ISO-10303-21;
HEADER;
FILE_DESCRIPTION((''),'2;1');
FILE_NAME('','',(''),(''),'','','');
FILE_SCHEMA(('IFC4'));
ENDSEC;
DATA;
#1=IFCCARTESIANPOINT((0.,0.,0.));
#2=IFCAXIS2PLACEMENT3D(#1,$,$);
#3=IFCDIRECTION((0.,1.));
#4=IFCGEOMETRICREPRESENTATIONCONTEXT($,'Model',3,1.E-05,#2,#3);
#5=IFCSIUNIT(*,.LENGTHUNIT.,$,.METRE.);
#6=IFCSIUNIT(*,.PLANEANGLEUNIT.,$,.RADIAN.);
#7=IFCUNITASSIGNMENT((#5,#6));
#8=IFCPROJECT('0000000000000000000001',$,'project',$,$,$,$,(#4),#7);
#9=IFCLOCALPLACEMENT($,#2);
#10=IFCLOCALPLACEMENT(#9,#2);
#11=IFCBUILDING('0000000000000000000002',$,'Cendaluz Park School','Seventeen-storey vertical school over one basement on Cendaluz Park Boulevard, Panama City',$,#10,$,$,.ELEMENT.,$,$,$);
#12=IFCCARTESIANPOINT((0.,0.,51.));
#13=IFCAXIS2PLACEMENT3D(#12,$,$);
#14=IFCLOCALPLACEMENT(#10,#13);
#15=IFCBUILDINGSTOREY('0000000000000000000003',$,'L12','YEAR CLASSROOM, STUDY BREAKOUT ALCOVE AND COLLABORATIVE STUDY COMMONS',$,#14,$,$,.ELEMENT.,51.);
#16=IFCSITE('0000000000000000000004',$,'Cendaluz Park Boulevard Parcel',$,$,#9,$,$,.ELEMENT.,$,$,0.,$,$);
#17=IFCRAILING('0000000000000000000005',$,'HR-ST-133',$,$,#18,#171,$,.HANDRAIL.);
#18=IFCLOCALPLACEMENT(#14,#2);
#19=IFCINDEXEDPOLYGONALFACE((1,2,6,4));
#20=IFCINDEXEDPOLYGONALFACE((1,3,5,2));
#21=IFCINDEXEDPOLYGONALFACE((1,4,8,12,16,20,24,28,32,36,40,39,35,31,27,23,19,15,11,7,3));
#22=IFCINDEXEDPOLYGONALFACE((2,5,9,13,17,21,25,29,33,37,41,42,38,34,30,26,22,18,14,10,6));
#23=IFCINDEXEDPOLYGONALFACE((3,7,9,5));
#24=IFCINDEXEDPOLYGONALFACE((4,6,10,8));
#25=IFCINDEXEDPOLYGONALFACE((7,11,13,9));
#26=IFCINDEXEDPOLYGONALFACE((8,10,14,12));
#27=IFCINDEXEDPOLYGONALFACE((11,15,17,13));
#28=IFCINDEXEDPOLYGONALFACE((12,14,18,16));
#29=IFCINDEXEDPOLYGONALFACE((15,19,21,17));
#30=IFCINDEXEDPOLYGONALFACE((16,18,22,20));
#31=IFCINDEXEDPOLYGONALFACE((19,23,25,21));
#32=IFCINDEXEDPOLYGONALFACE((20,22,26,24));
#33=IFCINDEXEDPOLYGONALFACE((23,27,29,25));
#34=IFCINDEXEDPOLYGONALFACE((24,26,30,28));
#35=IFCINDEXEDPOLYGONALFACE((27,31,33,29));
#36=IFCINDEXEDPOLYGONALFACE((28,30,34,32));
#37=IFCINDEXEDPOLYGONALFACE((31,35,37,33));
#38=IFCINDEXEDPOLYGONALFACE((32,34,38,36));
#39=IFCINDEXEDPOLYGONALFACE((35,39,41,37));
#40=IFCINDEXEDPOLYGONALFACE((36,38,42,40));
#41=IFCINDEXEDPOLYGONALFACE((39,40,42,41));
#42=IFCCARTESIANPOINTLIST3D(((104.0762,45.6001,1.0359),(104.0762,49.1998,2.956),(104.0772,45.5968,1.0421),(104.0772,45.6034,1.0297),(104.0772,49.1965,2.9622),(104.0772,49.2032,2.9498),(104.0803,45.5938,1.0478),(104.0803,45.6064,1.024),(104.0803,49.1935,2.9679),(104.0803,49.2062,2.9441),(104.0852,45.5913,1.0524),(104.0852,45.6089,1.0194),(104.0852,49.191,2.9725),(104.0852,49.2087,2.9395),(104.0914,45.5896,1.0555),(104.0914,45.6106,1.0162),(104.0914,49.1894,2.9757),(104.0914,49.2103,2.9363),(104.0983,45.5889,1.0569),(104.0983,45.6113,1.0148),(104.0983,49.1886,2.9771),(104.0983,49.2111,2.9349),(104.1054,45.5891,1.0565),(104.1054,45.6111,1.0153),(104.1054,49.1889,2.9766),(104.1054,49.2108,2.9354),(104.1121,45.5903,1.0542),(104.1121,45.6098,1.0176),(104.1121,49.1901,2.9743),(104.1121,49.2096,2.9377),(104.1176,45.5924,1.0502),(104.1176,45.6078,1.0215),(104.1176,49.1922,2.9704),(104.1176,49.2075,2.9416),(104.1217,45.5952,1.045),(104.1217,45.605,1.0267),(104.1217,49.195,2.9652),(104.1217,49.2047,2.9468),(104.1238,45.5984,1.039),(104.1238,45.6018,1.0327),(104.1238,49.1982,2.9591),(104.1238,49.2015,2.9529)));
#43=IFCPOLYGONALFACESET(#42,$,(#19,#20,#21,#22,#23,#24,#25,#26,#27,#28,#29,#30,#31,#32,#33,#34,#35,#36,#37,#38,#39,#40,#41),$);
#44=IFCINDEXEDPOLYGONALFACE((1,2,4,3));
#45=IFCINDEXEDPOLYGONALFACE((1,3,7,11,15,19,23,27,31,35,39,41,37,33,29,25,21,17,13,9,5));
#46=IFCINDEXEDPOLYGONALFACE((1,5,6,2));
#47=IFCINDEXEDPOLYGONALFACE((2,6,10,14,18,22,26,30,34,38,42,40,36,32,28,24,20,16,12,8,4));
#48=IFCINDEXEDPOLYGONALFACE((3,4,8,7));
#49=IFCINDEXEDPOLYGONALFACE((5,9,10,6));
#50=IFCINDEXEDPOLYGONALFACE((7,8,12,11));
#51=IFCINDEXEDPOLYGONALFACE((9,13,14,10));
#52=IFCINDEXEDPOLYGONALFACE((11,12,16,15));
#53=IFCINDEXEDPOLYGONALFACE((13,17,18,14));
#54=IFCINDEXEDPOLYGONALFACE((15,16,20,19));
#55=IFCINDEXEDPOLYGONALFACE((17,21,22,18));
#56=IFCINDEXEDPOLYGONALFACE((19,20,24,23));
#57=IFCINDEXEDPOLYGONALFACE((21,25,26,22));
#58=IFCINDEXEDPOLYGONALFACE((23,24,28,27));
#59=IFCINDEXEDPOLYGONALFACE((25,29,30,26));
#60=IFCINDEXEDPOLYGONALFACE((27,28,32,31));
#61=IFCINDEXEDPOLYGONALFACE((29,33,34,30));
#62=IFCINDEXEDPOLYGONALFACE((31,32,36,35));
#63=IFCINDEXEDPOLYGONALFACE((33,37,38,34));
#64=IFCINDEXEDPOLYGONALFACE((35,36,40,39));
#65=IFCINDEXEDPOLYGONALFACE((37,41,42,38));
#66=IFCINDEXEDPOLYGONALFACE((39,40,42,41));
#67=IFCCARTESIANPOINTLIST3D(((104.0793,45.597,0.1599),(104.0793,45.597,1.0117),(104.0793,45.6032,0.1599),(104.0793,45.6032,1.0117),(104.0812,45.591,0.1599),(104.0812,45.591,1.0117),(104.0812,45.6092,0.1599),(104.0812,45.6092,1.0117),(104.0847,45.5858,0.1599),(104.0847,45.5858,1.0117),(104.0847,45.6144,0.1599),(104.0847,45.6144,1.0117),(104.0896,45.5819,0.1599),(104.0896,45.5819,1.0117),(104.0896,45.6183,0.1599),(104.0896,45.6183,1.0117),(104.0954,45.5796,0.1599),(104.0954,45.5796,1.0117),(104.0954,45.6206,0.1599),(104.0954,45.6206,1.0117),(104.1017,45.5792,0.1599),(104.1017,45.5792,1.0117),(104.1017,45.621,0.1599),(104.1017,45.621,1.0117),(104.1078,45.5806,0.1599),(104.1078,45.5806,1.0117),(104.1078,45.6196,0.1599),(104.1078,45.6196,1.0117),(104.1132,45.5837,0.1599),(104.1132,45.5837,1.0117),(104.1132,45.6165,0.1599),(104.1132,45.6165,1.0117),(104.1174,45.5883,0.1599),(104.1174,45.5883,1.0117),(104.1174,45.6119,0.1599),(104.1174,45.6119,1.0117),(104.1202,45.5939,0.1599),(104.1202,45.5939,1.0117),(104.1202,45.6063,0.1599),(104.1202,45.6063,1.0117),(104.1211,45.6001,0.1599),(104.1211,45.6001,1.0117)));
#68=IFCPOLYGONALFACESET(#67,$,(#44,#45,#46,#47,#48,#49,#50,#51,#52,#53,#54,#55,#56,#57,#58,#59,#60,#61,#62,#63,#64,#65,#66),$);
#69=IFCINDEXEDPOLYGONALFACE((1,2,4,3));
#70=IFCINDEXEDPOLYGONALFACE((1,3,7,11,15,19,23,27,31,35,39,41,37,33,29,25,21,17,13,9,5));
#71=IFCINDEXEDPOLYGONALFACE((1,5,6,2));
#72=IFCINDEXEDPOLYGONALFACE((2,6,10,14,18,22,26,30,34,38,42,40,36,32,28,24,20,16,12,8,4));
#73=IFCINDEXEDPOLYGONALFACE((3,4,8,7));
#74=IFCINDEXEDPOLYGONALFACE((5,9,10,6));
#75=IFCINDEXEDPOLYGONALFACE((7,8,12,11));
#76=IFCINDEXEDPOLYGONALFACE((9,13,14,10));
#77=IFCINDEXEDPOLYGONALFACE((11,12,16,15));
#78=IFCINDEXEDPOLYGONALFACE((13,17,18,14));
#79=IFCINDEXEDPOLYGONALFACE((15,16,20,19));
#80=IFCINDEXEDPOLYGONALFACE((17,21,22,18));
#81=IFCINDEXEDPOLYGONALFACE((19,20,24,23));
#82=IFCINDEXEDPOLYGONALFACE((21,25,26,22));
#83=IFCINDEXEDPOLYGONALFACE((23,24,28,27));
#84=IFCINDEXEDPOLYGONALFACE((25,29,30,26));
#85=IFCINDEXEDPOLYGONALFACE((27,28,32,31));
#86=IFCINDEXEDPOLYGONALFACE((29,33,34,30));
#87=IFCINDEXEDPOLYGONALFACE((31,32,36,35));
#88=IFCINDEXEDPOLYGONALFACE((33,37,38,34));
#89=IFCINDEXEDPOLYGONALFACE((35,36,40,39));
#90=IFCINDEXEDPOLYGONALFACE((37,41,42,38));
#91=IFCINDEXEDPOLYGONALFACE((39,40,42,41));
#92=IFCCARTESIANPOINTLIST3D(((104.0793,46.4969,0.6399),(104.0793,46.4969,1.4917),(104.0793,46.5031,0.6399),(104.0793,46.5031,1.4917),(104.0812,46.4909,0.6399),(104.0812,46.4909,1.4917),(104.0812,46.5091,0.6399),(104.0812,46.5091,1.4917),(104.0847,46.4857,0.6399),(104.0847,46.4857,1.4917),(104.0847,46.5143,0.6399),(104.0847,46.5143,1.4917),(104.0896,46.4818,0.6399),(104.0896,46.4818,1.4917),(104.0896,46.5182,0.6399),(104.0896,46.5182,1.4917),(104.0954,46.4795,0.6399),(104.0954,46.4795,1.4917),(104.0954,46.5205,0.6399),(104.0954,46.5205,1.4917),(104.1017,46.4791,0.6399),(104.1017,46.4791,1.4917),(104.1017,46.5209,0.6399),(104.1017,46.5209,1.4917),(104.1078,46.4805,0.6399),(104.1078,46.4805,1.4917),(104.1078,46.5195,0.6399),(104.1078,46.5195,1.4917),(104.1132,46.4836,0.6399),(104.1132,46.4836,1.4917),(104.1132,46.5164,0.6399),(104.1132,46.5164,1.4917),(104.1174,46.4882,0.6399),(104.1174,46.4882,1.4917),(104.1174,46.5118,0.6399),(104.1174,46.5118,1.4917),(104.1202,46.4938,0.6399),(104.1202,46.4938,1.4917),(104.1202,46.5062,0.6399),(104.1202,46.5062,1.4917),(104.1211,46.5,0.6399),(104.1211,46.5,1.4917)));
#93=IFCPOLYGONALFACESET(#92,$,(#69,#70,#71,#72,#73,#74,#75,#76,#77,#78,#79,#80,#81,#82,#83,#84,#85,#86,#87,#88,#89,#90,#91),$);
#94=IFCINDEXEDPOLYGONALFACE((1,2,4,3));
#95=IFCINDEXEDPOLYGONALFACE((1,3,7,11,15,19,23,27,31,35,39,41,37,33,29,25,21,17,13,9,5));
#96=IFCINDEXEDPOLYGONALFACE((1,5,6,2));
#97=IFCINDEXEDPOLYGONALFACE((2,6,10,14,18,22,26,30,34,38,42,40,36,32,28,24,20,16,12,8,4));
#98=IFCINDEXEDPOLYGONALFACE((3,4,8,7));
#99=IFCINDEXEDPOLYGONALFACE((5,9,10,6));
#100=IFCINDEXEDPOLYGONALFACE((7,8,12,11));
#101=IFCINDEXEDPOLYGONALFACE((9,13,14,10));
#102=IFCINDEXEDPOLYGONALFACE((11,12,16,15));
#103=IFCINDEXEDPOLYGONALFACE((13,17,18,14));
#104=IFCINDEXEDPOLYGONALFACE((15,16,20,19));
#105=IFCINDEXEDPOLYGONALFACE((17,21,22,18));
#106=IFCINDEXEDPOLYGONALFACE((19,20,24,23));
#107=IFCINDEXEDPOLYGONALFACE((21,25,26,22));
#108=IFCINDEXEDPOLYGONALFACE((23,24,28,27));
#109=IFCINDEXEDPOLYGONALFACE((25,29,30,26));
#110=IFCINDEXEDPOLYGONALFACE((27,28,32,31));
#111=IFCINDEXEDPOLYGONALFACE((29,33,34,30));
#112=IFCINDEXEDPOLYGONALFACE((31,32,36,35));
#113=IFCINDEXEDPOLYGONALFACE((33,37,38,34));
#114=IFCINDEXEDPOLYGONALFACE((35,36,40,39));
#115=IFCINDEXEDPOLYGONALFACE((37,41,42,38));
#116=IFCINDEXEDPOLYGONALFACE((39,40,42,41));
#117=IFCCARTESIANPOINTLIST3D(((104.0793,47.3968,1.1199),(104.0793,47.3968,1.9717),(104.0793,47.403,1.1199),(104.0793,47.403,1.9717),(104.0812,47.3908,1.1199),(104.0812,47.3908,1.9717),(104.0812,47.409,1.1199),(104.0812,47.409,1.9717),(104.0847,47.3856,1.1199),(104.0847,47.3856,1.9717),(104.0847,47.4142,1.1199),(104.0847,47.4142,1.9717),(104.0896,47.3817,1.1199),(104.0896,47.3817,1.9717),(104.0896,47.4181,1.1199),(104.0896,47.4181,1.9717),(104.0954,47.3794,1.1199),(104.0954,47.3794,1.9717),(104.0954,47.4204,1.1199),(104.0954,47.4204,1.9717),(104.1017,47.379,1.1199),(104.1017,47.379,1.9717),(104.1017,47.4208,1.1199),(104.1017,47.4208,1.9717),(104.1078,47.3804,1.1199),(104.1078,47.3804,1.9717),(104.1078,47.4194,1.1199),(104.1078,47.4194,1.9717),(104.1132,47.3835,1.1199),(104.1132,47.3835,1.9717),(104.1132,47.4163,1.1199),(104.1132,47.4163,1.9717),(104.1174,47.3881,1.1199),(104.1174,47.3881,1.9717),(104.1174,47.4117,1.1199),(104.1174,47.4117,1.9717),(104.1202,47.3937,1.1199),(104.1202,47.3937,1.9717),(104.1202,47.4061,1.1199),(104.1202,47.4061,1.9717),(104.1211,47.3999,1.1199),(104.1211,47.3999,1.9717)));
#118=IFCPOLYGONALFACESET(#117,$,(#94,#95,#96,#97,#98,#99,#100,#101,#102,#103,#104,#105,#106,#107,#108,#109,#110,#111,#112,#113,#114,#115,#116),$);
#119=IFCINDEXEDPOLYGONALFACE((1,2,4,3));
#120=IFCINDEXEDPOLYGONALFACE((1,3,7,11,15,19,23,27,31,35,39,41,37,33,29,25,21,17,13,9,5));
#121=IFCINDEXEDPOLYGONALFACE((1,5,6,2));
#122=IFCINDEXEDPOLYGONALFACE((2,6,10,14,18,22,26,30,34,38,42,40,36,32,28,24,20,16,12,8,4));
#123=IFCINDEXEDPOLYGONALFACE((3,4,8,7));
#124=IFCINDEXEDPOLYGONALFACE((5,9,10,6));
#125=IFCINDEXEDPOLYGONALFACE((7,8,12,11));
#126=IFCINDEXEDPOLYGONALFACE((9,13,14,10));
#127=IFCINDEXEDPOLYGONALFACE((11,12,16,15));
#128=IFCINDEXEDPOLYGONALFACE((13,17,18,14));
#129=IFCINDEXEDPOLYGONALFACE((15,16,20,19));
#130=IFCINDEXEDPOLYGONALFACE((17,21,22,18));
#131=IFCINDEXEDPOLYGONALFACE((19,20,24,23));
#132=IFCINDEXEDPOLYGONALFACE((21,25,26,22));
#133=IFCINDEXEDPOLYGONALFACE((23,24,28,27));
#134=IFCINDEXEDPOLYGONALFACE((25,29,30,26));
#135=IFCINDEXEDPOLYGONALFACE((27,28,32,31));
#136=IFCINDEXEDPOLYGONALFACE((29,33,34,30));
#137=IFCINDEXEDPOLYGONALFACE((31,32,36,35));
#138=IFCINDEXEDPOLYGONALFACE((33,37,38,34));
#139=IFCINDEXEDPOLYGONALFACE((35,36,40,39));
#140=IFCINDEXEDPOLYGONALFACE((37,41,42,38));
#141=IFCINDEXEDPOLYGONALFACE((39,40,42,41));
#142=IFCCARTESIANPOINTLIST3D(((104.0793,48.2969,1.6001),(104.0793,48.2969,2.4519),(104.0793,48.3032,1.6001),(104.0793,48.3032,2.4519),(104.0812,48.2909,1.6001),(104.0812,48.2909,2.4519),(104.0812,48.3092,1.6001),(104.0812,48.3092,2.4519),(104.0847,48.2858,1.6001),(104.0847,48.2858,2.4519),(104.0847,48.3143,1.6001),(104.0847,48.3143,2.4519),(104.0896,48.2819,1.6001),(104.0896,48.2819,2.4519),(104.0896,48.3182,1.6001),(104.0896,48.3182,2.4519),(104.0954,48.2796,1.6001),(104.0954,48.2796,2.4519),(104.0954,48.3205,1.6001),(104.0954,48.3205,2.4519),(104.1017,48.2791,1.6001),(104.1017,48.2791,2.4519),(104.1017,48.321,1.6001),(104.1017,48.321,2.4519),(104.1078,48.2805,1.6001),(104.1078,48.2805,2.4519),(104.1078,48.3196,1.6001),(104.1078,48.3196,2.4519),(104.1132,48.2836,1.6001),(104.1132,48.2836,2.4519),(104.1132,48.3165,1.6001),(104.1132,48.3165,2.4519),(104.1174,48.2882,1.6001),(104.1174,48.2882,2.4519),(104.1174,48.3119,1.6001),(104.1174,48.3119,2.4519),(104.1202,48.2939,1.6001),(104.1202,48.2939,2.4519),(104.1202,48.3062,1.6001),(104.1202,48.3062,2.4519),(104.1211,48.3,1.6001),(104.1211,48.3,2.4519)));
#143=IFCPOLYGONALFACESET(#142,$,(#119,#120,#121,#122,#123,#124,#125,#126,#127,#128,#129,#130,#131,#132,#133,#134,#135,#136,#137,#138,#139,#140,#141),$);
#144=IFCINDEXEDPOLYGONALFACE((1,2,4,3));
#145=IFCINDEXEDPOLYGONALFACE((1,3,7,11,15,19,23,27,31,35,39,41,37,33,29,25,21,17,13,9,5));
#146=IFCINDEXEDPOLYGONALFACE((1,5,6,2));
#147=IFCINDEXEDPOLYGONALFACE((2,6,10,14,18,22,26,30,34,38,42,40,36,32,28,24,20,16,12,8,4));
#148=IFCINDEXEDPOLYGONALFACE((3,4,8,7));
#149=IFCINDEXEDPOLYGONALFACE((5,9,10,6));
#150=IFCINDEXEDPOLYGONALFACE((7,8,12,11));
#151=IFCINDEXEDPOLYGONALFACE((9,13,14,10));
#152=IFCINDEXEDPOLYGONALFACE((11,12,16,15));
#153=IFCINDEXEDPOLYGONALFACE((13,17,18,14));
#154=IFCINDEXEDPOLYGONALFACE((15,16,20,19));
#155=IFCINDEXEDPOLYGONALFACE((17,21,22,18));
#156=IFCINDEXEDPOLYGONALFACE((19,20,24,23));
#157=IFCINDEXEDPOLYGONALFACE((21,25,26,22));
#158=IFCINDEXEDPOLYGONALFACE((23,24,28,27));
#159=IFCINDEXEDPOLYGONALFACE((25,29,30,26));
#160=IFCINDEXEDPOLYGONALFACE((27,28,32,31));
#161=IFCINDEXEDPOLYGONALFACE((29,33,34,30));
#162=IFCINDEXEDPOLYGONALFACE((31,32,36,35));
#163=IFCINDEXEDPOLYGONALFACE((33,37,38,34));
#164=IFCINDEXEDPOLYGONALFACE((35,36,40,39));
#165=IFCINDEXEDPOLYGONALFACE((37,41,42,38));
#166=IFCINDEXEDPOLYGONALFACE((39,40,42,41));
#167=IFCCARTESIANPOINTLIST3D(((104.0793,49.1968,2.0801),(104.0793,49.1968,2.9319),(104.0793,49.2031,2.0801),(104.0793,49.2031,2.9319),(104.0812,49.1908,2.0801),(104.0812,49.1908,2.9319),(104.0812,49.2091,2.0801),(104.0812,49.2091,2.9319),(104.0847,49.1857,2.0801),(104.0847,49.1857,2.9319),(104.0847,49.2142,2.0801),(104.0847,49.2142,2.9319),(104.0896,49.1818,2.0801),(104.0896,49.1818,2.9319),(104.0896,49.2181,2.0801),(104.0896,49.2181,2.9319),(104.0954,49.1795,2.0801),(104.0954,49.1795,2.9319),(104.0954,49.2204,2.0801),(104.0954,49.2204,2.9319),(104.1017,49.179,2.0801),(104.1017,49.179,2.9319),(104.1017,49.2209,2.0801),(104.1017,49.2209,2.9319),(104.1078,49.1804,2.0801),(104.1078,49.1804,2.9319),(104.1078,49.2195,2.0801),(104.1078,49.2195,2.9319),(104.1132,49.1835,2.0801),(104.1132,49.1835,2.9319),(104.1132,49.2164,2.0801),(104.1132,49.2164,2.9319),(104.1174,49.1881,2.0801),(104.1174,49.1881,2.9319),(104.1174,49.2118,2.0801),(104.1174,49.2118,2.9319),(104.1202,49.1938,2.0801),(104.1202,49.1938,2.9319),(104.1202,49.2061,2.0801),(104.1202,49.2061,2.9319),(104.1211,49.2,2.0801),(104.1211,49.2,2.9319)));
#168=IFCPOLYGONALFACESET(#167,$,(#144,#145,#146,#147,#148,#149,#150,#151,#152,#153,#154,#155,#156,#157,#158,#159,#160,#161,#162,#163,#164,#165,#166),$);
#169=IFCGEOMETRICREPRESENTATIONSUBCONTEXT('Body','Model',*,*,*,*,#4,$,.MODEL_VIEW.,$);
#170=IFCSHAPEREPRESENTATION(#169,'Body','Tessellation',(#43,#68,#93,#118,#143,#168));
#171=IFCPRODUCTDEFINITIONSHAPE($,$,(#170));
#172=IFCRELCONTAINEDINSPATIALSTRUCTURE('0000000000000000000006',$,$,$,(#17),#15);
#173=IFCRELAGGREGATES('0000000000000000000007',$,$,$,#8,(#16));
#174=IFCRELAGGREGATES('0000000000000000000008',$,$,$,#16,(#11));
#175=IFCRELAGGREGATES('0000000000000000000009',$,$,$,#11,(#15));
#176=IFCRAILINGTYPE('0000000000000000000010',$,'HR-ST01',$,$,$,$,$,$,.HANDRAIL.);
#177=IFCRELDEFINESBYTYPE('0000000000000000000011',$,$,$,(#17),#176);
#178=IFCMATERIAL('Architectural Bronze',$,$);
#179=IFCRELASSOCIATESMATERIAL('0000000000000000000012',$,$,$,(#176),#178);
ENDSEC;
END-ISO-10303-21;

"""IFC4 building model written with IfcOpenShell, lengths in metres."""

from ifc_helpers import new_model, si_unit, direction, frame, origin, origin_2d, place, context, subcontext, project, spatial, circle, extrude, material, type_object, element, save


model = new_model("IFC4")

# Units and contexts
model_context = context("Model", 3, precision=1e-05, world=origin(), true_north=direction((0.0, 1.0)))
body_context = subcontext(model_context, "Body", "Model", "MODEL_VIEW")
ifc_project = project(units=[si_unit("LENGTHUNIT", "METRE"), si_unit("PLANEANGLEUNIT", "RADIAN")], contexts=[model_context])

# Site, building, storey
site_placement = place(None, origin())
site = spatial("IfcSite", under=ifc_project, at=site_placement, Name="Cendaluz Park Boulevard Parcel", CompositionType="ELEMENT", RefElevation=0.0)
building_placement = place(site_placement, origin())
building = spatial("IfcBuilding", under=site, at=building_placement, Name="Cendaluz Park School", Description="Seventeen-storey vertical school over one basement on Cendaluz Park Boulevard, Panama City", CompositionType="ELEMENT")
storey_placement = place(building_placement, frame((0.0, 0.0, 51.0)))
storey = spatial("IfcBuildingStorey", under=building, at=storey_placement, Name="L12", Description="YEAR CLASSROOM, STUDY BREAKOUT ALCOVE AND COLLABORATIVE STUDY COMMONS", CompositionType="ELEMENT", Elevation=51.0)

# Railing
ifc_material_1 = material(Name="Architectural Bronze")
railing_type_1 = type_object("IfcRailingType", Name="HR-ST01", PredefinedType="HANDRAIL", material=ifc_material_1)
railing_1_placement = place(storey_placement, frame((104.1001, 45.6001, 0.1599)))
element("IfcRailing", 1, at=railing_1_placement, inside=storey, type_object=railing_type_1, Name="HR-ST-133", PredefinedType="HANDRAIL", context=body_context, shape_type="SweptSolid", body=[
    extrude(circle(Radius=0.0239, at=origin_2d()), frame((0.0, 0.0, 0.876), z_axis=(0.0, 0.882328, 0.470635), x_axis=(-1.0, 0.0, 0.0)), (0.0, 0.0, 1.0), 4.0798),
    extrude(circle(Radius=0.021, at=origin_2d()), origin(), (0.0, 0.0, 1.0), 0.8518),
    extrude(circle(Radius=0.021, at=origin_2d()), frame((0.0, 0.8999, 0.48)), (0.0, 0.0, 1.0), 0.8518),
    extrude(circle(Radius=0.021, at=origin_2d()), frame((0.0, 1.7998, 0.96)), (0.0, 0.0, 1.0), 0.8518),
    extrude(circle(Radius=0.021, at=origin_2d()), frame((0.0, 2.7, 1.4402)), (0.0, 0.0, 1.0), 0.8518),
    extrude(circle(Radius=0.021, at=origin_2d()), frame((0.0, 3.5999, 1.9202)), (0.0, 0.0, 1.0), 0.8518),
])

save(model, "model.ifc")
